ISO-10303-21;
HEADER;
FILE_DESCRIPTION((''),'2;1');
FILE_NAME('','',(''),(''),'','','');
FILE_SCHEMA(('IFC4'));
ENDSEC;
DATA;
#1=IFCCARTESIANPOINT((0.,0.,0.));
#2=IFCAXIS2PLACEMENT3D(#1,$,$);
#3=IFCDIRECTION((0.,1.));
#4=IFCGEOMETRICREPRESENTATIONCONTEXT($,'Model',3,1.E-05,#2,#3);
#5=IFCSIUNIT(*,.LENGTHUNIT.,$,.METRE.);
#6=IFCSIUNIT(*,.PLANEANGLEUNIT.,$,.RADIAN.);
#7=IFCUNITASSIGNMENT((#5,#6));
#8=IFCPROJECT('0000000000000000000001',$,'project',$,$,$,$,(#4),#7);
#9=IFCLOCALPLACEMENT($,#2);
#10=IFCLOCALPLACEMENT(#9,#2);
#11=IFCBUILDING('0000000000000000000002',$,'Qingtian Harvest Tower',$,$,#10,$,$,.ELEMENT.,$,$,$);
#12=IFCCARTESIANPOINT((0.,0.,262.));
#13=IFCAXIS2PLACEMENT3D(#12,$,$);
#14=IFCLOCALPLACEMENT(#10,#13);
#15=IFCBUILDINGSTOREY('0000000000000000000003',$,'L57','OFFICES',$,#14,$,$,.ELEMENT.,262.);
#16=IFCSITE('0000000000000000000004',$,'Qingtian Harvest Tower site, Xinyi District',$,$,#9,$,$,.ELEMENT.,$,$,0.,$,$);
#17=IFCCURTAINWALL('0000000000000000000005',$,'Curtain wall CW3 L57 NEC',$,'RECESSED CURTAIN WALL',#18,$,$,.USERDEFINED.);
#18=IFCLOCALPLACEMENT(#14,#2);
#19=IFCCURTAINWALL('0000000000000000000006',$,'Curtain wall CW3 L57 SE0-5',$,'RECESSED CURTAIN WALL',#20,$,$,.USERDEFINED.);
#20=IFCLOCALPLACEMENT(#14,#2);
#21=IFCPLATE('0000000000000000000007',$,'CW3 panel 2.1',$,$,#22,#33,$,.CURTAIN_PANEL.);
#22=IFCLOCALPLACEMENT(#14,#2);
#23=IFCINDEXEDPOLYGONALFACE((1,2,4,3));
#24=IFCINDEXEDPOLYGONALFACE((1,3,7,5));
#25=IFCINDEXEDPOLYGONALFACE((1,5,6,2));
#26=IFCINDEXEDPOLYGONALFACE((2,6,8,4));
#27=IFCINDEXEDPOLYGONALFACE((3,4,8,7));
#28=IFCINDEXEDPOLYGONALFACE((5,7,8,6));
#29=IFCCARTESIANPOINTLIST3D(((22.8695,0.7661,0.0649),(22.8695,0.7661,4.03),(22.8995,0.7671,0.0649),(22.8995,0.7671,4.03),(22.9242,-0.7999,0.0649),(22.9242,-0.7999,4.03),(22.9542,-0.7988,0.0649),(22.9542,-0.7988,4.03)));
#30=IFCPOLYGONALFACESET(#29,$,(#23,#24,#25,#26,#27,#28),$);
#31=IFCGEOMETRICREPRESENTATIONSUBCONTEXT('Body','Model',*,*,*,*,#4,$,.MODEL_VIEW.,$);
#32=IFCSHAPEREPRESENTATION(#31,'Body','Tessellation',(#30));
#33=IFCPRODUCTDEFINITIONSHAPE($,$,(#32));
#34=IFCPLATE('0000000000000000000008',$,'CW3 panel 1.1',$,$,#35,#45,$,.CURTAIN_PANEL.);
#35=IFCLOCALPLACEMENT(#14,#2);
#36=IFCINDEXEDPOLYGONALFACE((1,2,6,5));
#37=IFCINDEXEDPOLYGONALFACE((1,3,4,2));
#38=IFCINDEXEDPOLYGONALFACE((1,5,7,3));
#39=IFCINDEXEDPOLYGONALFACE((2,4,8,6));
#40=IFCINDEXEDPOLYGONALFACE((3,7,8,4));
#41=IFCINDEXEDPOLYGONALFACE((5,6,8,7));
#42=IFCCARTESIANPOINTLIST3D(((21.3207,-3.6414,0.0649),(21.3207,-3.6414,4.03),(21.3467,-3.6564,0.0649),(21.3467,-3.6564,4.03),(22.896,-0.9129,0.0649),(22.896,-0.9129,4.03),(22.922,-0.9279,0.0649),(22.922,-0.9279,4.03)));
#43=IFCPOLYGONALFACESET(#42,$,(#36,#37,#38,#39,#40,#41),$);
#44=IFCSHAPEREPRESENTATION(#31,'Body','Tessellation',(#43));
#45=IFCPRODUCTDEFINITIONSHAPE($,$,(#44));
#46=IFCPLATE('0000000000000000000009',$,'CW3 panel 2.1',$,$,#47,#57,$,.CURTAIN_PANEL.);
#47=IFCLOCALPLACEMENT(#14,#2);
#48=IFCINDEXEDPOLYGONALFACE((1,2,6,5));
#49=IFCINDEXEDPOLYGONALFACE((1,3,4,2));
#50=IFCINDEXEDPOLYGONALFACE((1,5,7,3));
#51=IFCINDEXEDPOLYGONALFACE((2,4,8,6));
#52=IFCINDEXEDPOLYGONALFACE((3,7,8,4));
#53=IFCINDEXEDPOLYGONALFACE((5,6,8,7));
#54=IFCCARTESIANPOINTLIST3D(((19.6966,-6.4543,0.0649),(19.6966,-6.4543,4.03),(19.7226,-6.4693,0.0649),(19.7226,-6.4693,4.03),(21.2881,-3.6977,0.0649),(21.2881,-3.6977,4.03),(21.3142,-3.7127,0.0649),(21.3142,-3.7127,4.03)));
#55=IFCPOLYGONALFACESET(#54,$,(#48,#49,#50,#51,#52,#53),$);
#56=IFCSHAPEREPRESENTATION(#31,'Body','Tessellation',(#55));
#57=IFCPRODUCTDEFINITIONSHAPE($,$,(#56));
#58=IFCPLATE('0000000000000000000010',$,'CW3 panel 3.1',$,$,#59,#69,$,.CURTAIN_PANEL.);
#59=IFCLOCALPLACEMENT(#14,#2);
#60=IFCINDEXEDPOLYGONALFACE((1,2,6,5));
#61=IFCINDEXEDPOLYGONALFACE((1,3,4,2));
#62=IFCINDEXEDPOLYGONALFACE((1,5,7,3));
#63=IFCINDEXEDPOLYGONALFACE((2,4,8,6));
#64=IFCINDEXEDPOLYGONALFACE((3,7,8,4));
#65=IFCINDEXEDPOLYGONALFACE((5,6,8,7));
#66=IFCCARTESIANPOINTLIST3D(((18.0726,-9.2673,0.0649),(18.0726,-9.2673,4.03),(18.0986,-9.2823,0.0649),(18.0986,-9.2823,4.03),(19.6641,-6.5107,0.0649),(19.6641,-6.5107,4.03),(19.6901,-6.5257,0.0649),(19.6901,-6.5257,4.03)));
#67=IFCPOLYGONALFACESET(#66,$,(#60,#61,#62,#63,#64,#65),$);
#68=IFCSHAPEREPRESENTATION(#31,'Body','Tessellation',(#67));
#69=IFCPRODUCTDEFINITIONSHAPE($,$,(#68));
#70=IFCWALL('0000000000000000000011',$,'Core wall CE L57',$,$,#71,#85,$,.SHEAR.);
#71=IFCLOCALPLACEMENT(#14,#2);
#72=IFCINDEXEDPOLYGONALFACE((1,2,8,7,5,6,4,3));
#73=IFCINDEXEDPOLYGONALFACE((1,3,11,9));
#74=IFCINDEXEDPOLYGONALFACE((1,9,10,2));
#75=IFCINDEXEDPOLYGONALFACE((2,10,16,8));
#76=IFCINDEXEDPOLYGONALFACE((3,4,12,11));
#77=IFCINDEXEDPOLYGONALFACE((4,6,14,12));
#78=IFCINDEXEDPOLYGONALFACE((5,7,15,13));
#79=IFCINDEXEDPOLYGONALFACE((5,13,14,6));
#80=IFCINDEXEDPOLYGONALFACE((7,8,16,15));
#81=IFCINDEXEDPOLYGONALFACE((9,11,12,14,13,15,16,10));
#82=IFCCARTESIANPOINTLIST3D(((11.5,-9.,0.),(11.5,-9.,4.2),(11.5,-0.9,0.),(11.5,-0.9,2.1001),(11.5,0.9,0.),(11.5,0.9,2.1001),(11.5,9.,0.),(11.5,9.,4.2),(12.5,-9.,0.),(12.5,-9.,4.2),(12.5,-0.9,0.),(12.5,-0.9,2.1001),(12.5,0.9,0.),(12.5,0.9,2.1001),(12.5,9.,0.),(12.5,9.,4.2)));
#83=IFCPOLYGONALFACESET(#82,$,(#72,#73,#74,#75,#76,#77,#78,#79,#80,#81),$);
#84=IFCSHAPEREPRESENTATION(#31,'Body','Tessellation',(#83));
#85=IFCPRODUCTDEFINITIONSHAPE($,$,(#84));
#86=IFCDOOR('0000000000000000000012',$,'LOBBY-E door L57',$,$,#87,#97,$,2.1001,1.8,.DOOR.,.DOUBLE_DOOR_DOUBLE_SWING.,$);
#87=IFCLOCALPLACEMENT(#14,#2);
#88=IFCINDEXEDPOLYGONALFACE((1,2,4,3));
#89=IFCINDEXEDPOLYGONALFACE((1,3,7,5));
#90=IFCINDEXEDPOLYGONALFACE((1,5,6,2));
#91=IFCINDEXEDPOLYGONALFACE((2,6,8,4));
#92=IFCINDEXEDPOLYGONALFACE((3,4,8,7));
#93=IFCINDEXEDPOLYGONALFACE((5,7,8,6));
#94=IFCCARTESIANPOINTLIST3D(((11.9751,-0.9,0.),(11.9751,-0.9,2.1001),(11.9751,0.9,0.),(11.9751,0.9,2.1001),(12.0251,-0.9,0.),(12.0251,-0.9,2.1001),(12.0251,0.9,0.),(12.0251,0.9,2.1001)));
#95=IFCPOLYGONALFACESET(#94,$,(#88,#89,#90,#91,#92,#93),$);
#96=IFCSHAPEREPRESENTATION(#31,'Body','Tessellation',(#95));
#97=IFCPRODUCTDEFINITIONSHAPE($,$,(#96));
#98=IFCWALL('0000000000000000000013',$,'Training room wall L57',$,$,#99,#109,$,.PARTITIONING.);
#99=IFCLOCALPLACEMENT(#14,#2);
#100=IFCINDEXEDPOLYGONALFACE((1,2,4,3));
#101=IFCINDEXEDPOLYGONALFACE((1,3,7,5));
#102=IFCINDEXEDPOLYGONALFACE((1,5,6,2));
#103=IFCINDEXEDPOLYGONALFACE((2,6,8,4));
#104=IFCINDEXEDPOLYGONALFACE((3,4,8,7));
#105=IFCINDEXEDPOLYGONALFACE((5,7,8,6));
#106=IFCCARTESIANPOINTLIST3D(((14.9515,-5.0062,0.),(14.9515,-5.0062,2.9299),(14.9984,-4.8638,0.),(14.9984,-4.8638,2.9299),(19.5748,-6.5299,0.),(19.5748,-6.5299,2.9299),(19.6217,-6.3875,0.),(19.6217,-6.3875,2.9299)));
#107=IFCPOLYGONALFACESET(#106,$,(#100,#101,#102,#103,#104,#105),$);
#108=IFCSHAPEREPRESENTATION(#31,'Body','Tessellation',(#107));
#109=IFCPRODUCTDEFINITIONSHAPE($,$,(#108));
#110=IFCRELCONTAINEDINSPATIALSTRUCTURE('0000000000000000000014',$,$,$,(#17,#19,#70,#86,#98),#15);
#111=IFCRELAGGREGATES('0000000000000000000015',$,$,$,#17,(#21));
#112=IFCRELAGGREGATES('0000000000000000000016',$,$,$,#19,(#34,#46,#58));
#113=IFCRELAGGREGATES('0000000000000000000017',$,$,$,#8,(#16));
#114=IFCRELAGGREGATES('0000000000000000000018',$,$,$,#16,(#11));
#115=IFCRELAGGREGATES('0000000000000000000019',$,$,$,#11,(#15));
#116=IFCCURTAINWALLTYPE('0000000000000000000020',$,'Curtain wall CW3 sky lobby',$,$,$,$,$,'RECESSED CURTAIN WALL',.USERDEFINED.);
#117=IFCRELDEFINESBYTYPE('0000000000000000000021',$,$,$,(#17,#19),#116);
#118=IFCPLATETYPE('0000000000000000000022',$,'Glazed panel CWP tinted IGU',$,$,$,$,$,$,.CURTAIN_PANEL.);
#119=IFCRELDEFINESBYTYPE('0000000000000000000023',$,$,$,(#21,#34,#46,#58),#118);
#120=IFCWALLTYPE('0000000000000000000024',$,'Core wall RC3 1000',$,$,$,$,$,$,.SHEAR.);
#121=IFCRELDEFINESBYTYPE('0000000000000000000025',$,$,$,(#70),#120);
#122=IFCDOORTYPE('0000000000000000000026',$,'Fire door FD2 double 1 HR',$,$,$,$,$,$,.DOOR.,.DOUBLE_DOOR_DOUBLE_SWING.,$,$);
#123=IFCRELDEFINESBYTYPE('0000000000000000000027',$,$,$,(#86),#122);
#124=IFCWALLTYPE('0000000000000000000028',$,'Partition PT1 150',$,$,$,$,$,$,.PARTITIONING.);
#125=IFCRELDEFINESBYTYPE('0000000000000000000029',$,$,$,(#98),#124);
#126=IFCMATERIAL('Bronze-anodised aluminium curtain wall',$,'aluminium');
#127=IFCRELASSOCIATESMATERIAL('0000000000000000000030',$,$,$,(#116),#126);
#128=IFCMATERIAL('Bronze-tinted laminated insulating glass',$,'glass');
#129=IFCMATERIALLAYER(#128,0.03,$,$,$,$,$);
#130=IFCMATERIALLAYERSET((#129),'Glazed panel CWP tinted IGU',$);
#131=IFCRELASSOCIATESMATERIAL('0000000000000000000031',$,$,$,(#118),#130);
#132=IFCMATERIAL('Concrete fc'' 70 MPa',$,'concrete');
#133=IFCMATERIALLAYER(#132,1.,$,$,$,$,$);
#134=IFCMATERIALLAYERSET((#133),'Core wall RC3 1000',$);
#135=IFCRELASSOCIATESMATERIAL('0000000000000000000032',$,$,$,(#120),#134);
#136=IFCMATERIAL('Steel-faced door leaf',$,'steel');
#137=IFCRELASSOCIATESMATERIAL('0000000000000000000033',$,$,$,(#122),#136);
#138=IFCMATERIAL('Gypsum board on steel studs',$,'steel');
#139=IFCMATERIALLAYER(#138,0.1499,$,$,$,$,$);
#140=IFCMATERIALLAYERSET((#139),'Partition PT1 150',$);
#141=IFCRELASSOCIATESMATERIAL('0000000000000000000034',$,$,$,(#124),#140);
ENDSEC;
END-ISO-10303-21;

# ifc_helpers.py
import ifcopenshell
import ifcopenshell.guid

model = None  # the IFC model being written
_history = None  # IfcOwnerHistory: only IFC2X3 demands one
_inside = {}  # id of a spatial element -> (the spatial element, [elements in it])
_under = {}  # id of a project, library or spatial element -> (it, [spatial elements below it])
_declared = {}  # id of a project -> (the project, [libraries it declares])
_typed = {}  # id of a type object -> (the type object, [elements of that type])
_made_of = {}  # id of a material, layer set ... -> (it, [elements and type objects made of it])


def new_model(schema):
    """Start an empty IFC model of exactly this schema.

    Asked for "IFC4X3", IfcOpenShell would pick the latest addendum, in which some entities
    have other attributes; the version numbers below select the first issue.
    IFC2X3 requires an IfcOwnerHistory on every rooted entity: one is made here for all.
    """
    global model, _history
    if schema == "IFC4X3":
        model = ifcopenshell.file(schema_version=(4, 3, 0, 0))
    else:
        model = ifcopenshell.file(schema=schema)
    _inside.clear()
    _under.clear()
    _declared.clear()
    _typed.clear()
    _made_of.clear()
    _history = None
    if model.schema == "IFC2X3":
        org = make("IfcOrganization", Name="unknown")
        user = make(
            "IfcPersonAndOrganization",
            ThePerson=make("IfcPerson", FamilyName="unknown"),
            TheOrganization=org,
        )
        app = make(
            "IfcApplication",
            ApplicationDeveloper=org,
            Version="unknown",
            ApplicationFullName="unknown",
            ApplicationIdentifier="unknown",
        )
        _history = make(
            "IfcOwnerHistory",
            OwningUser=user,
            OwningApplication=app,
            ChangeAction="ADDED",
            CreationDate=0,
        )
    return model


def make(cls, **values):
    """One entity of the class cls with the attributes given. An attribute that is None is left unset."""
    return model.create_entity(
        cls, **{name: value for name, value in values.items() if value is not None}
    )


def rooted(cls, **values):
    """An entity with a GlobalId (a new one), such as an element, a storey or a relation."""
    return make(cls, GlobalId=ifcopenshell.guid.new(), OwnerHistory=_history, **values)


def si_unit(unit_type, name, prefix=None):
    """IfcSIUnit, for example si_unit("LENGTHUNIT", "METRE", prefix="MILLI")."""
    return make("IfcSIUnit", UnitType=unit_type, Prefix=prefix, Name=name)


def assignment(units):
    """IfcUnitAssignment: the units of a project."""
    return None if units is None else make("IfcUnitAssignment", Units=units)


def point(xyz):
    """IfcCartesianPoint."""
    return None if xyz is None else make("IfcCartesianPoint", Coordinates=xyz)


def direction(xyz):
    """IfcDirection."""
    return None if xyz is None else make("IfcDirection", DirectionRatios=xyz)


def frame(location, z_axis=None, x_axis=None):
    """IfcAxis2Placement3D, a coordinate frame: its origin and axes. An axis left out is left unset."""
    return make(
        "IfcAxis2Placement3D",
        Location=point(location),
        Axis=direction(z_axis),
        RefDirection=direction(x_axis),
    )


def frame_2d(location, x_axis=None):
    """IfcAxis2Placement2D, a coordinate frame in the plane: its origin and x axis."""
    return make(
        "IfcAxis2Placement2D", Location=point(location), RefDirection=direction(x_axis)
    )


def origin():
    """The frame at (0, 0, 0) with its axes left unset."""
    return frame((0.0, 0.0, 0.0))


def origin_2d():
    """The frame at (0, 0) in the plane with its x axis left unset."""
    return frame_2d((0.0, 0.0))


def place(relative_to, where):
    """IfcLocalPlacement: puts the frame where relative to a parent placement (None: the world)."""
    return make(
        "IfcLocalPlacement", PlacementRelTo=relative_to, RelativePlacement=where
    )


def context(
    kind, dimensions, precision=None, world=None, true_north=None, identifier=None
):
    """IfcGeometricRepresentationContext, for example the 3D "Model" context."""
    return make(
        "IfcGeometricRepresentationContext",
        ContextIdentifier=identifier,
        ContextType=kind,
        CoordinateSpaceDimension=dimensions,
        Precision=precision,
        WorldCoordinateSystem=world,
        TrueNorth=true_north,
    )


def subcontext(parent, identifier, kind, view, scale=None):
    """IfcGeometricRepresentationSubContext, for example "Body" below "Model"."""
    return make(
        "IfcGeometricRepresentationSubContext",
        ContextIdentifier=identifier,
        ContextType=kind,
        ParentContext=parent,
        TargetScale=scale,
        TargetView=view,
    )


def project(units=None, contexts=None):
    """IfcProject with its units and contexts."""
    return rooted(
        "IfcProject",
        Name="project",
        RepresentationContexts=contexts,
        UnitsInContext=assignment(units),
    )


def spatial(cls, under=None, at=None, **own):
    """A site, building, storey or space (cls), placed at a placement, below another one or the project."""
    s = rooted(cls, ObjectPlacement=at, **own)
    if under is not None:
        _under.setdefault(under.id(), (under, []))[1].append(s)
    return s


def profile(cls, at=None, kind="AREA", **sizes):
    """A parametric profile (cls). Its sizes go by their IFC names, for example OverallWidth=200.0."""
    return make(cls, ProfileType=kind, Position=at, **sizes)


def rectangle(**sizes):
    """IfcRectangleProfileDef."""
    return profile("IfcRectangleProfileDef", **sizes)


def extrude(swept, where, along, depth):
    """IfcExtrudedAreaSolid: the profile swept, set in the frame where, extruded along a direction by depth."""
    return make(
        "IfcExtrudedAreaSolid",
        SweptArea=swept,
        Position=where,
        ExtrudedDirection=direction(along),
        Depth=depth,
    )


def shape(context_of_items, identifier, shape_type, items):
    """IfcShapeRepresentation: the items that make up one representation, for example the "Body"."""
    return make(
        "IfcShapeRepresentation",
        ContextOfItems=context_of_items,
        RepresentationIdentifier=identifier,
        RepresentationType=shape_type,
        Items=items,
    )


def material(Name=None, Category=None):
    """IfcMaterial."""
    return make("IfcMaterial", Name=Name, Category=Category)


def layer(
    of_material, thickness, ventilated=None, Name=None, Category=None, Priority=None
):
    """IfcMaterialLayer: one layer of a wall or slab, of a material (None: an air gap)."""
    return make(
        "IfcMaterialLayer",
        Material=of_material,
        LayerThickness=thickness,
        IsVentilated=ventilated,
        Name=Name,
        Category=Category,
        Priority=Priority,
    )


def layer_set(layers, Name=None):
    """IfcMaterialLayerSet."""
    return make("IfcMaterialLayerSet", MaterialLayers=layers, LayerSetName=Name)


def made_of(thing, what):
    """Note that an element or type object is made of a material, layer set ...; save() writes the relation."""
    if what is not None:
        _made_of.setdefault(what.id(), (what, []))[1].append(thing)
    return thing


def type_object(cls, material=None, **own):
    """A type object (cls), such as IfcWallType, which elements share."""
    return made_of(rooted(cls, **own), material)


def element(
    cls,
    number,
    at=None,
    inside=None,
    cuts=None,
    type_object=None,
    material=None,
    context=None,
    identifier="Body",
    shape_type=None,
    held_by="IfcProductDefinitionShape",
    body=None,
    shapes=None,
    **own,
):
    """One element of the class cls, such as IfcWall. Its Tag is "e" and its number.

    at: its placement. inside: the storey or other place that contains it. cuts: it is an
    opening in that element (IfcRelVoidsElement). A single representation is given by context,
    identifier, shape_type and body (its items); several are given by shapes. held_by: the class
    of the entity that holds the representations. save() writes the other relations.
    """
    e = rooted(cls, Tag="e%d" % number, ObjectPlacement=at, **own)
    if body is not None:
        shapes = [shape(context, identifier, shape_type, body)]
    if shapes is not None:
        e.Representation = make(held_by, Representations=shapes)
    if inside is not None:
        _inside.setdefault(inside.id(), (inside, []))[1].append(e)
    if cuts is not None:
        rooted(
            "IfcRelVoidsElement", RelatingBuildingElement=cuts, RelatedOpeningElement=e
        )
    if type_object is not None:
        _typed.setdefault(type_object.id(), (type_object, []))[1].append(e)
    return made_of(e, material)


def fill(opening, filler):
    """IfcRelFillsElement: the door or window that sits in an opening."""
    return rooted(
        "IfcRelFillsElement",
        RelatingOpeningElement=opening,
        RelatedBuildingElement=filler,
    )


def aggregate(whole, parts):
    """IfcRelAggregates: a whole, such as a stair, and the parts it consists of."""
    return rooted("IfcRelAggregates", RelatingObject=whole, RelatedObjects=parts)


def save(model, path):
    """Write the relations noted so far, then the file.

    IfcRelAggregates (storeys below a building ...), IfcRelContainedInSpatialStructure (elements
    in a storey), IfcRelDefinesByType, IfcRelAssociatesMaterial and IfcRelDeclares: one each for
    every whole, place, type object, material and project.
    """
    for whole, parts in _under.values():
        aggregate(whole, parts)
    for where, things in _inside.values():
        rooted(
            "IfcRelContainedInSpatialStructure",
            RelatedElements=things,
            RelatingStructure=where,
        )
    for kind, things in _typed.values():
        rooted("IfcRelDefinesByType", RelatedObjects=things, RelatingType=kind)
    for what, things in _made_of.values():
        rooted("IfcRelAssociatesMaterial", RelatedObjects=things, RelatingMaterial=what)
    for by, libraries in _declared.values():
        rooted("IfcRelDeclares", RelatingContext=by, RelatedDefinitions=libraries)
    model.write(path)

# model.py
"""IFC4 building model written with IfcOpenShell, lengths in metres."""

from ifc_helpers import new_model, si_unit, direction, frame, frame_2d, origin, origin_2d, place, context, subcontext, project, spatial, rectangle, extrude, material, layer, layer_set, type_object, element, fill, aggregate, save


model = new_model("IFC4")

# Units and contexts
model_context = context("Model", 3, precision=1e-05, world=origin(), true_north=direction((0.0, 1.0)))
body_context = subcontext(model_context, "Body", "Model", "MODEL_VIEW")
ifc_project = project(units=[si_unit("LENGTHUNIT", "METRE"), si_unit("PLANEANGLEUNIT", "RADIAN")], contexts=[model_context])

# Site, building, storey
site_placement = place(None, origin())
site = spatial("IfcSite", under=ifc_project, at=site_placement, Name="Qingtian Harvest Tower site, Xinyi District", CompositionType="ELEMENT", RefElevation=0.0)
building_placement = place(site_placement, origin())
building = spatial("IfcBuilding", under=site, at=building_placement, Name="Qingtian Harvest Tower", CompositionType="ELEMENT")
storey_placement = place(building_placement, frame((0.0, 0.0, 262.0)))
storey = spatial("IfcBuildingStorey", under=building, at=storey_placement, Name="L57", Description="OFFICES", CompositionType="ELEMENT", Elevation=262.0)

# Curtain wall
ifc_material_1 = material(Name="Bronze-anodised aluminium curtain wall", Category="aluminium")
curtain_wall_type = type_object("IfcCurtainWallType", Name="Curtain wall CW3 sky lobby", ElementType="RECESSED CURTAIN WALL", PredefinedType="USERDEFINED", material=ifc_material_1)
curtain_wall_1_placement = place(storey_placement, origin())
curtain_wall_1 = element("IfcCurtainWall", 1, at=curtain_wall_1_placement, inside=storey, type_object=curtain_wall_type, Name="Curtain wall CW3 L57 NEC", ObjectType="RECESSED CURTAIN WALL", PredefinedType="USERDEFINED")

# Curtain wall
curtain_wall_2_placement = place(storey_placement, origin())
curtain_wall_2 = element("IfcCurtainWall", 2, at=curtain_wall_2_placement, inside=storey, type_object=curtain_wall_type, Name="Curtain wall CW3 L57 SE0-5", ObjectType="RECESSED CURTAIN WALL", PredefinedType="USERDEFINED")

# Plates
ifc_material_2 = material(Name="Bronze-tinted laminated insulating glass", Category="glass")
ifc_layer_1 = layer(ifc_material_2, 0.03)
ifc_layer_set_1 = layer_set([ifc_layer_1], Name="Glazed panel CWP tinted IGU")
plate_type = type_object("IfcPlateType", Name="Glazed panel CWP tinted IGU", PredefinedType="CURTAIN_PANEL", material=ifc_layer_set_1)
plate_1_placement = place(storey_placement, frame((22.9119, -0.0164, 0.0649), z_axis=(0.0, 0.0, 1.0), x_axis=(0.034899, -0.999391, 0.0)))
plate_1 = element("IfcPlate", 3, at=plate_1_placement, type_object=plate_type, Name="CW3 panel 2.1", PredefinedType="CURTAIN_PANEL", context=body_context, shape_type="SweptSolid", body=[
    extrude(rectangle(XDim=1.5669, YDim=0.03, at=origin_2d()), origin(), (0.0, 0.0, 1.0), 3.9651),
])
aggregate(curtain_wall_1, [plate_1])
plate_2_placement = place(storey_placement, frame((22.1213, -2.2847, 0.0649), z_axis=(0.0, 0.0, 1.0), x_axis=(-0.5, -0.866025, 0.0)))
plate_2 = element("IfcPlate", 4, at=plate_2_placement, type_object=plate_type, Name="CW3 panel 1.1", PredefinedType="CURTAIN_PANEL", context=body_context, shape_type="SweptSolid", body=[
    extrude(rectangle(XDim=3.1506, YDim=0.03, at=origin_2d()), origin(), (0.0, 0.0, 1.0), 3.9651),
])
plate_3_placement = place(storey_placement, frame((20.5054, -5.0835, 0.0649), z_axis=(0.0, 0.0, 1.0), x_axis=(-0.5, -0.866025, 0.0)))
plate_3 = element("IfcPlate", 5, at=plate_3_placement, type_object=plate_type, Name="CW3 panel 2.1", PredefinedType="CURTAIN_PANEL", context=body_context, shape_type="SweptSolid", body=[
    extrude(rectangle(XDim=3.1831, YDim=0.03, at=origin_2d()), origin(), (0.0, 0.0, 1.0), 3.9651),
])
plate_4_placement = place(storey_placement, frame((18.8813, -7.8965, 0.0649), z_axis=(0.0, 0.0, 1.0), x_axis=(-0.5, -0.866025, 0.0)))
plate_4 = element("IfcPlate", 6, at=plate_4_placement, type_object=plate_type, Name="CW3 panel 3.1", PredefinedType="CURTAIN_PANEL", context=body_context, shape_type="SweptSolid", body=[
    extrude(rectangle(XDim=3.1831, YDim=0.03, at=origin_2d()), origin(), (0.0, 0.0, 1.0), 3.9651),
])
aggregate(curtain_wall_2, [plate_2, plate_3, plate_4])

# Wall, opening, door
ifc_material_3 = material(Name="Concrete fc' 70 MPa", Category="concrete")
ifc_layer_2 = layer(ifc_material_3, 1.0)
ifc_layer_set_2 = layer_set([ifc_layer_2], Name="Core wall RC3 1000")
wall_type_1 = type_object("IfcWallType", Name="Core wall RC3 1000", PredefinedType="SHEAR", material=ifc_layer_set_2)
wall_1_placement = place(storey_placement, frame((12.0, -9.0, 0.0), z_axis=(0.0, 0.0, 1.0), x_axis=(0.0, 1.0, 0.0)))
wall_1 = element("IfcWall", 7, at=wall_1_placement, inside=storey, type_object=wall_type_1, Name="Core wall CE L57", PredefinedType="SHEAR", context=body_context, shape_type="SweptSolid", body=[
    extrude(rectangle(XDim=18.0, YDim=1.0, at=frame_2d((9.0, 0.0))), origin(), (0.0, 0.0, 1.0), 4.2),
])
opening_1_placement = place(wall_1_placement, frame((8.1001, 0.0, 0.0)))
opening_1 = element("IfcOpeningElement", 8, at=opening_1_placement, cuts=wall_1, PredefinedType="OPENING", context=body_context, shape_type="SweptSolid", body=[
    extrude(rectangle(XDim=1.8, YDim=2.1001, at=frame_2d((0.8999, 1.05))), frame((0.0, 0.51, 0.0), z_axis=(0.0, -1.0, 0.0), x_axis=(1.0, 0.0, 0.0)), (0.0, 0.0, 1.0), 1.02),
])
ifc_material_4 = material(Name="Steel-faced door leaf", Category="steel")
door_type_1 = type_object("IfcDoorType", Name="Fire door FD2 double 1 HR", OperationType="DOUBLE_DOOR_DOUBLE_SWING", PredefinedType="DOOR", material=ifc_material_4)
door_1_placement = place(opening_1_placement, origin())
door_1 = element("IfcDoor", 9, at=door_1_placement, inside=storey, type_object=door_type_1, Name="LOBBY-E door L57", OperationType="DOUBLE_DOOR_DOUBLE_SWING", OverallHeight=2.1001, OverallWidth=1.8, PredefinedType="DOOR", context=body_context, shape_type="SweptSolid", body=[
    extrude(rectangle(XDim=1.8, YDim=2.1001, at=frame_2d((0.8999, 1.05))), frame((0.0, 0.0249, 0.0), z_axis=(0.0, -1.0, 0.0), x_axis=(1.0, 0.0, 0.0)), (0.0, 0.0, 1.0), 0.05),
])
fill(opening_1, door_1)

# Wall
ifc_material_5 = material(Name="Gypsum board on steel studs", Category="steel")
ifc_layer_3 = layer(ifc_material_5, 0.1499)
ifc_layer_set_3 = layer_set([ifc_layer_3], Name="Partition PT1 150")
wall_type_2 = type_object("IfcWallType", Name="Partition PT1 150", PredefinedType="PARTITIONING", material=ifc_layer_set_3)
wall_2_placement = place(storey_placement, frame((19.5984, -6.4587, 0.0), z_axis=(0.0, 0.0, 1.0), x_axis=(-0.949751, 0.313006, 0.0)))
element("IfcWall", 10, at=wall_2_placement, inside=storey, type_object=wall_type_2, Name="Training room wall L57", PredefinedType="PARTITIONING", context=body_context, shape_type="SweptSolid", body=[
    extrude(rectangle(XDim=4.8679, YDim=0.1499, at=frame_2d((2.4341, 0.0))), origin(), (0.0, 0.0, 1.0), 2.9299),
])

save(model, "model.ifc")
